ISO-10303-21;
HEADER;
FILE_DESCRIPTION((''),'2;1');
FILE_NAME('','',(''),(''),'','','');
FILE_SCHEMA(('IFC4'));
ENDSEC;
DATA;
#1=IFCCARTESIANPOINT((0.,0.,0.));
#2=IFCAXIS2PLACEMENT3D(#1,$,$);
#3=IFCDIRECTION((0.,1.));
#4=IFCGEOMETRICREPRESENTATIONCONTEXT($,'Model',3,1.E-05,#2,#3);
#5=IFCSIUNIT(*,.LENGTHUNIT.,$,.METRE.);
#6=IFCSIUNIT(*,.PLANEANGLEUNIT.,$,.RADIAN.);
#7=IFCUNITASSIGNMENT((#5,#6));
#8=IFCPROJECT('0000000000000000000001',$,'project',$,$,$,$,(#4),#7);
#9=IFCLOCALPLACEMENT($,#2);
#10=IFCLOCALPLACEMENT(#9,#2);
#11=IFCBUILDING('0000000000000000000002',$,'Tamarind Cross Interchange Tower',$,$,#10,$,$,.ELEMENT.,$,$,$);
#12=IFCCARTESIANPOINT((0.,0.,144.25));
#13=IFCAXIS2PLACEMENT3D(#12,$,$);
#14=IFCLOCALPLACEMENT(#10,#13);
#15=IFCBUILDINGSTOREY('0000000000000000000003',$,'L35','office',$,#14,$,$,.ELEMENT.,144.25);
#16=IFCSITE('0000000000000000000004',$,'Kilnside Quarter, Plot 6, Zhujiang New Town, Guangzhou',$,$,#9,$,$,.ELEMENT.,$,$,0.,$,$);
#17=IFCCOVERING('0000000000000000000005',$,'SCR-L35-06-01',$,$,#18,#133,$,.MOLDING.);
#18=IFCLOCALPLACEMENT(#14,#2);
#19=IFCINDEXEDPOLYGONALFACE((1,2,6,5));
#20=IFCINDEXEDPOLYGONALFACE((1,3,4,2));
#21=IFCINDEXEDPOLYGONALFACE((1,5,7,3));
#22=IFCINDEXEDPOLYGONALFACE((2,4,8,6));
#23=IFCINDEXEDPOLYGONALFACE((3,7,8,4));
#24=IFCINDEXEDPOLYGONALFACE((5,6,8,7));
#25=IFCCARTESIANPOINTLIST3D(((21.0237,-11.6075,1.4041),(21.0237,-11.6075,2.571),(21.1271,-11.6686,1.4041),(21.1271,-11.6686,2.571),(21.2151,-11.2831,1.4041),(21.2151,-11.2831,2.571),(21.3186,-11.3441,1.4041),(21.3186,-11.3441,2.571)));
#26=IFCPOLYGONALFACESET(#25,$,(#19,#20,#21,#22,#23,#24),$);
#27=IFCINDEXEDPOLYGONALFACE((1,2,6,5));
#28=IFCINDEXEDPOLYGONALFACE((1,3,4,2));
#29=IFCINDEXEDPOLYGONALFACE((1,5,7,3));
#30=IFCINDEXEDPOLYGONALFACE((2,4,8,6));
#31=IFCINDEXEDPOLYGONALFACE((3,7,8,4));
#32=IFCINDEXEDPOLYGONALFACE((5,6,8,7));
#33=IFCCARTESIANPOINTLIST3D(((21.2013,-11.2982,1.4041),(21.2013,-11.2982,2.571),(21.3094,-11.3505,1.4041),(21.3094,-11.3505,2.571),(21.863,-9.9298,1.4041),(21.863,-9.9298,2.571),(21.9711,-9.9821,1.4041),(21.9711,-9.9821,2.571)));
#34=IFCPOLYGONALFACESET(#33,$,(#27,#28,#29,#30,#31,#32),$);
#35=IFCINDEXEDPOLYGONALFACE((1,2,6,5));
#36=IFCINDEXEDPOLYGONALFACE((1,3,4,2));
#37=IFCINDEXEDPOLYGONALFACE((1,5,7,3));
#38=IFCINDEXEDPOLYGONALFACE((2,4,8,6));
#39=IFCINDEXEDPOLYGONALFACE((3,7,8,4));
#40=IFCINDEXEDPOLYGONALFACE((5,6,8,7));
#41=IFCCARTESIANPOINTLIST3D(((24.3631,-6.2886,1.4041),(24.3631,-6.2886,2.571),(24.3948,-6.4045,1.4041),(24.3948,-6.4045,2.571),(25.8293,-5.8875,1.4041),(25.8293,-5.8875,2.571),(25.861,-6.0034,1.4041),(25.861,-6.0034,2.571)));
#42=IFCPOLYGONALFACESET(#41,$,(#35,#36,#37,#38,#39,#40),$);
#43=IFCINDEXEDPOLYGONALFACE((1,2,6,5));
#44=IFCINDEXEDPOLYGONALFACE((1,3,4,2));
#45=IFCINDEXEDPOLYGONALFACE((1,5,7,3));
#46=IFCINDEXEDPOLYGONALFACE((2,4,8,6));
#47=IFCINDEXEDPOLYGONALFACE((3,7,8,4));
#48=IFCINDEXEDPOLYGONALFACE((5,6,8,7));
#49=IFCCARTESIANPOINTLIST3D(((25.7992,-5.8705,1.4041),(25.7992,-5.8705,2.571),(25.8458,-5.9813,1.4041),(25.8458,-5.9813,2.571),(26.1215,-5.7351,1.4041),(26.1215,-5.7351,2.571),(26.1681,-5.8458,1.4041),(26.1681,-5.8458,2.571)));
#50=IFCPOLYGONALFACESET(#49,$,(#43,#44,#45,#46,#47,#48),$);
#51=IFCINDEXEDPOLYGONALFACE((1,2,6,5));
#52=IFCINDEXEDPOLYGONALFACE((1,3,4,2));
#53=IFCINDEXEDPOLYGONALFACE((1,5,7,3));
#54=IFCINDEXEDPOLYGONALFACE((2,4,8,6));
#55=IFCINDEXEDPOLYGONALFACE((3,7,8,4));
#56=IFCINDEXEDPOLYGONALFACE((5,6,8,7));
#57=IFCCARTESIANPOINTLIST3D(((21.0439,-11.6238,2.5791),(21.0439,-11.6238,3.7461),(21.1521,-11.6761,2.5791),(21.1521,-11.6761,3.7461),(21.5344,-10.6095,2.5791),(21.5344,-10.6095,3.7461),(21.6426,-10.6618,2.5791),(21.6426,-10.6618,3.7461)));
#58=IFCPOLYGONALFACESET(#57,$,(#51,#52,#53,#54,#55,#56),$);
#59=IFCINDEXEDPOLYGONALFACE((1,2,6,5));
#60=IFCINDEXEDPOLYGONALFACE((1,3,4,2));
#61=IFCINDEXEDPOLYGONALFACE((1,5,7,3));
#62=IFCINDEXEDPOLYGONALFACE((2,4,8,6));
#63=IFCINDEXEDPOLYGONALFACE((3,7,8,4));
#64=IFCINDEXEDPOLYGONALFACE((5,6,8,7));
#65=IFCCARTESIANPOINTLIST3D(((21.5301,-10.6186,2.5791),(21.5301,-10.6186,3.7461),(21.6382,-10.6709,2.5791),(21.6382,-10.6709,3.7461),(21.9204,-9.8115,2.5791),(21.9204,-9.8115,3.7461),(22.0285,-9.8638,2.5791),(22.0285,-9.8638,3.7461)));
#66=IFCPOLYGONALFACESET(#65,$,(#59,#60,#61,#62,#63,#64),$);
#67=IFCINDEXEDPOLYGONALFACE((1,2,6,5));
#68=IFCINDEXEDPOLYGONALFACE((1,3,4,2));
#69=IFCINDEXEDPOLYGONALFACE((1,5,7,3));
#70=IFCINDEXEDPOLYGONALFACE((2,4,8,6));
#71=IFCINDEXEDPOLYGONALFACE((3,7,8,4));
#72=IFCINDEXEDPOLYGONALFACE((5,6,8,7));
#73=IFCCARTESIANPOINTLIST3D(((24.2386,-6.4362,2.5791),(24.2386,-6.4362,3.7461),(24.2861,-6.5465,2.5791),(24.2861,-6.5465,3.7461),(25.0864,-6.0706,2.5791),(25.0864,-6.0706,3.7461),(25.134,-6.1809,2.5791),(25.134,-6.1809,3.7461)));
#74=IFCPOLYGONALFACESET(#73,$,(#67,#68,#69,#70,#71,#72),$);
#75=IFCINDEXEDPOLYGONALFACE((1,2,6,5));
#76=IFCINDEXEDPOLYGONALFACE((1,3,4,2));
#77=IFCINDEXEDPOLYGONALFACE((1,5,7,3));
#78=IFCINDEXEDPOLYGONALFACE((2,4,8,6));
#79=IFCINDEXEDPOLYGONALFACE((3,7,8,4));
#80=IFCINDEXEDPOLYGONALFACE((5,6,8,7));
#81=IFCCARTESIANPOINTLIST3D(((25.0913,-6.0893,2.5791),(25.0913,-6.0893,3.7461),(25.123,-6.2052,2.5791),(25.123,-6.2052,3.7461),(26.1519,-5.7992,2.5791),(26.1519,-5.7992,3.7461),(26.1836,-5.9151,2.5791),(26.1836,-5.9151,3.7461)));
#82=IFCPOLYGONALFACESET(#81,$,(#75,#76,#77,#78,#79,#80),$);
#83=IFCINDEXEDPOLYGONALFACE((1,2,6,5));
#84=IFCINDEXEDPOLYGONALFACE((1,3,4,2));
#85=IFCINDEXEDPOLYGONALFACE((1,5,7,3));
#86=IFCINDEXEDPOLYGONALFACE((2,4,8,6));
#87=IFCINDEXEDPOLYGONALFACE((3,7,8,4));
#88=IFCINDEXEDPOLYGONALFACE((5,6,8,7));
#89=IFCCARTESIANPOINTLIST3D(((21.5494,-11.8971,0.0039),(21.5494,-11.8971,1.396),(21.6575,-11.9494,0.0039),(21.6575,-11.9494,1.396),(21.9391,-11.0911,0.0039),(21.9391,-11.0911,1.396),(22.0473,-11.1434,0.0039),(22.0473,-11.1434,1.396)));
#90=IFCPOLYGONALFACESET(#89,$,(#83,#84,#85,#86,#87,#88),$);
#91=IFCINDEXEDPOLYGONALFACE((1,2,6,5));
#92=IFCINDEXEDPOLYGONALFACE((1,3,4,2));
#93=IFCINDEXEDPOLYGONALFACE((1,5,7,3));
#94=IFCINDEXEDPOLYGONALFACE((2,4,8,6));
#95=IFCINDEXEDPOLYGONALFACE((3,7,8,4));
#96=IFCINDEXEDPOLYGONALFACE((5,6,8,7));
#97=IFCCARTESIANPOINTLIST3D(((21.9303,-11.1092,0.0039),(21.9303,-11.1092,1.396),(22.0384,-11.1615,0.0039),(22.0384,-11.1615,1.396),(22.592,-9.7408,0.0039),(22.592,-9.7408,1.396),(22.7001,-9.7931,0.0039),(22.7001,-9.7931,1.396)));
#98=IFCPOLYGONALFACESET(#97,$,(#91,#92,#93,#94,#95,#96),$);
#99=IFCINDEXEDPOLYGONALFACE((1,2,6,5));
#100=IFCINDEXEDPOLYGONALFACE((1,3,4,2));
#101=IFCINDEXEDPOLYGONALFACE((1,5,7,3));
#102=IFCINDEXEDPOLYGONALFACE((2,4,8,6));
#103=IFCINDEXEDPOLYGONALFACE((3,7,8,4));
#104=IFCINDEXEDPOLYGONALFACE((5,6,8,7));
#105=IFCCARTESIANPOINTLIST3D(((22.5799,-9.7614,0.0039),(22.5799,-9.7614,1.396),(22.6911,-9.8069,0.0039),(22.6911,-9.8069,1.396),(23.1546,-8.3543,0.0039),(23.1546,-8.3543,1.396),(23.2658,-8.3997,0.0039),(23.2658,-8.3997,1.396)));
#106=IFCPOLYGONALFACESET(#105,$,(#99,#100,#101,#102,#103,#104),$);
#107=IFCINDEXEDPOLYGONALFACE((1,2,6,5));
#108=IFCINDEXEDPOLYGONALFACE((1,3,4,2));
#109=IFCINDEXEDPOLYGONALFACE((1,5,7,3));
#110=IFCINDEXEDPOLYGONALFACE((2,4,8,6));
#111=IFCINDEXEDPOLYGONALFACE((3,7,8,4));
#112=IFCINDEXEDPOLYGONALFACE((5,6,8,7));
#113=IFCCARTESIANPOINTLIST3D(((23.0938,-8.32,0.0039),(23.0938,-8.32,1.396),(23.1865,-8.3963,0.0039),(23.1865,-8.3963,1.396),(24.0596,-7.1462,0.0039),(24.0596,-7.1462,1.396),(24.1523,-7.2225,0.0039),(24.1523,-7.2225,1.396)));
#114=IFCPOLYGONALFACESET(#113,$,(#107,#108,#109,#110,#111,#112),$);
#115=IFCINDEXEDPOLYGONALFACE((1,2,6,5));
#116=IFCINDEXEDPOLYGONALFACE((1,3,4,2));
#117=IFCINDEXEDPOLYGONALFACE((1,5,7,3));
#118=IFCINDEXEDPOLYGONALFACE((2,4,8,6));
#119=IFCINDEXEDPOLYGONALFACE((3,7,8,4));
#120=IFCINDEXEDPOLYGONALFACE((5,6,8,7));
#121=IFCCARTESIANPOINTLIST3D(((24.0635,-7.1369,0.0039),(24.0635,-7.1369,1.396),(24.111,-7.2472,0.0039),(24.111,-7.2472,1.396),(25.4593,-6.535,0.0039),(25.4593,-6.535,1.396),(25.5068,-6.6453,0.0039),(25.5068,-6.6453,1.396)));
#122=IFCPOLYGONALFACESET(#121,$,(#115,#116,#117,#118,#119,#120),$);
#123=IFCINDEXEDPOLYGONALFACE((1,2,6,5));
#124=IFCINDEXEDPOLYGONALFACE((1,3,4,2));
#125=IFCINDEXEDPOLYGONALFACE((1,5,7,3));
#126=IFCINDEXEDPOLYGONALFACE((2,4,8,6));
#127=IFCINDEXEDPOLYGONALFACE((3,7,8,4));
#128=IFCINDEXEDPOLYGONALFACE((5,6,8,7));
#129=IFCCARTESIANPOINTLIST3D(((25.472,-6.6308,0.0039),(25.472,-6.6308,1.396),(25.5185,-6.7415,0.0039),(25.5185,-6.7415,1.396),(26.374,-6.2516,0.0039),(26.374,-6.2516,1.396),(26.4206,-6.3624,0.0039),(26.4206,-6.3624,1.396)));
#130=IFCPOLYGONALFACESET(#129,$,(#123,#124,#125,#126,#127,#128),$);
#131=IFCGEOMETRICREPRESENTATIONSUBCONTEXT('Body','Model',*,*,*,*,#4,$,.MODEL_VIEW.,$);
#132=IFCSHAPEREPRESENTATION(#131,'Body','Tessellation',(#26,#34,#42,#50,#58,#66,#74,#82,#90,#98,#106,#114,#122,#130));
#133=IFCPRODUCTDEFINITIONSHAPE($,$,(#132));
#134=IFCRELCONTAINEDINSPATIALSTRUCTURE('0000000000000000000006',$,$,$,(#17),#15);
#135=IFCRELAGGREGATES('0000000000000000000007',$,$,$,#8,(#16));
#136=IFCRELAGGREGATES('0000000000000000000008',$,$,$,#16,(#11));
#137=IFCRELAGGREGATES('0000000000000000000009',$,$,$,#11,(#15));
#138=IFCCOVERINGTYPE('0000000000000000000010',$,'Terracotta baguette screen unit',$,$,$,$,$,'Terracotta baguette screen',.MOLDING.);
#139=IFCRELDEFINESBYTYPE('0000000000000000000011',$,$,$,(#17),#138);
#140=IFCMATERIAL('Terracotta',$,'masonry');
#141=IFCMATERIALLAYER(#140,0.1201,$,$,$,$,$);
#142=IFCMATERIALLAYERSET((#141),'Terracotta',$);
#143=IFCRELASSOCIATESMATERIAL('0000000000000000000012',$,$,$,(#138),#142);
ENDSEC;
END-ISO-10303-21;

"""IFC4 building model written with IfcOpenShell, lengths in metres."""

from ifc_helpers import new_model, si_unit, direction, frame, origin, origin_2d, place, context, subcontext, project, spatial, rectangle, extrude, material, layer, layer_set, type_object, element, save


model = new_model("IFC4")

# Units and contexts
model_context = context("Model", 3, precision=1e-05, world=origin(), true_north=direction((0.0, 1.0)))
body_context = subcontext(model_context, "Body", "Model", "MODEL_VIEW")
ifc_project = project(units=[si_unit("LENGTHUNIT", "METRE"), si_unit("PLANEANGLEUNIT", "RADIAN")], contexts=[model_context])

# Site, building, storey
site_placement = place(None, origin())
site = spatial("IfcSite", under=ifc_project, at=site_placement, Name="Kilnside Quarter, Plot 6, Zhujiang New Town, Guangzhou", CompositionType="ELEMENT", RefElevation=0.0)
building_placement = place(site_placement, origin())
building = spatial("IfcBuilding", under=site, at=building_placement, Name="Tamarind Cross Interchange Tower", CompositionType="ELEMENT")
storey_placement = place(building_placement, frame((0.0, 0.0, 144.25)))
storey = spatial("IfcBuildingStorey", under=building, at=storey_placement, Name="L35", Description="office", CompositionType="ELEMENT", Elevation=144.25)

# Covering
ifc_material_1 = material(Name="Terracotta", Category="masonry")
ifc_layer_1 = layer(ifc_material_1, 0.1201)
ifc_layer_set_1 = layer_set([ifc_layer_1], Name="Terracotta")
covering_type = type_object("IfcCoveringType", Name="Terracotta baguette screen unit", ElementType="Terracotta baguette screen", PredefinedType="MOLDING", material=ifc_layer_set_1)
covering_1_placement = place(storey_placement, origin())
element("IfcCovering", 1, at=covering_1_placement, inside=storey, type_object=covering_type, Name="SCR-L35-06-01", PredefinedType="MOLDING", context=body_context, shape_type="SweptSolid", body=[
    extrude(rectangle(XDim=0.3767, YDim=0.1201, at=origin_2d()), frame((21.1711, -11.4758, 1.4041), z_axis=(0.0, 0.0, 1.0), x_axis=(0.508183, 0.861249, 0.0)), (0.0, 0.0, 1.0), 1.167),
    extrude(rectangle(XDim=1.52, YDim=0.1201, at=origin_2d()), frame((21.5862, -10.6401, 1.4041), z_axis=(0.0, 0.0, 1.0), x_axis=(0.435326, 0.900273, 0.0)), (0.0, 0.0, 1.0), 1.167),
    extrude(rectangle(XDim=1.52, YDim=0.1201, at=origin_2d()), frame((25.1121, -6.146, 1.4041), z_axis=(0.0, 0.0, 1.0), x_axis=(0.964561, 0.26386, 0.0)), (0.0, 0.0, 1.0), 1.167),
    extrude(rectangle(XDim=0.3496, YDim=0.1201, at=origin_2d()), frame((25.9836, -5.8582, 1.4041), z_axis=(0.0, 0.0, 1.0), x_axis=(0.921869, 0.387503, 0.0)), (0.0, 0.0, 1.0), 1.167),
    extrude(rectangle(XDim=1.1267, YDim=0.1201, at=origin_2d()), frame((21.3433, -11.1428, 2.5791), z_axis=(0.0, 0.0, 1.0), x_axis=(0.435326, 0.900273, 0.0)), (0.0, 0.0, 1.0), 1.167),
    extrude(rectangle(XDim=0.8965, YDim=0.1201, at=origin_2d()), frame((21.7793, -10.2412, 2.5791), z_axis=(0.0, 0.0, 1.0), x_axis=(0.435326, 0.900273, 0.0)), (0.0, 0.0, 1.0), 1.167),
    extrude(rectangle(XDim=0.9233, YDim=0.1201, at=origin_2d()), frame((24.6863, -6.3086, 2.5791), z_axis=(0.0, 0.0, 1.0), x_axis=(0.918267, 0.395962, 0.0)), (0.0, 0.0, 1.0), 1.167),
    extrude(rectangle(XDim=1.0996, YDim=0.1201, at=origin_2d()), frame((25.6375, -6.0022, 2.5791), z_axis=(0.0, 0.0, 1.0), x_axis=(0.964561, 0.26386, 0.0)), (0.0, 0.0, 1.0), 1.167),
    extrude(rectangle(XDim=0.8953, YDim=0.1201, at=origin_2d()), frame((21.7983, -11.5203, 0.0039), z_axis=(0.0, 0.0, 1.0), x_axis=(0.435326, 0.900273, 0.0)), (0.0, 0.0, 1.0), 1.3921),
    extrude(rectangle(XDim=1.52, YDim=0.1201, at=origin_2d()), frame((22.3152, -10.4512, 0.0039), z_axis=(0.0, 0.0, 1.0), x_axis=(0.435326, 0.900273, 0.0)), (0.0, 0.0, 1.0), 1.3921),
    extrude(rectangle(XDim=1.52, YDim=0.1201, at=origin_2d()), frame((22.9229, -9.0806, 0.0039), z_axis=(0.0, 0.0, 1.0), x_axis=(0.378105, 0.925763, 0.0)), (0.0, 0.0, 1.0), 1.3921),
    extrude(rectangle(XDim=1.52, YDim=0.1201, at=origin_2d()), frame((23.623, -7.7712, 0.0039), z_axis=(0.0, 0.0, 1.0), x_axis=(0.635369, 0.772209, 0.0)), (0.0, 0.0, 1.0), 1.3921),
    extrude(rectangle(XDim=1.52, YDim=0.1201, at=origin_2d()), frame((24.7852, -6.8911, 0.0039), z_axis=(0.0, 0.0, 1.0), x_axis=(0.918267, 0.395962, 0.0)), (0.0, 0.0, 1.0), 1.3921),
    extrude(rectangle(XDim=0.9785, YDim=0.1201, at=origin_2d()), frame((25.9463, -6.4966, 0.0039), z_axis=(0.0, 0.0, 1.0), x_axis=(0.921869, 0.387503, 0.0)), (0.0, 0.0, 1.0), 1.3921),
])

save(model, "model.ifc")
